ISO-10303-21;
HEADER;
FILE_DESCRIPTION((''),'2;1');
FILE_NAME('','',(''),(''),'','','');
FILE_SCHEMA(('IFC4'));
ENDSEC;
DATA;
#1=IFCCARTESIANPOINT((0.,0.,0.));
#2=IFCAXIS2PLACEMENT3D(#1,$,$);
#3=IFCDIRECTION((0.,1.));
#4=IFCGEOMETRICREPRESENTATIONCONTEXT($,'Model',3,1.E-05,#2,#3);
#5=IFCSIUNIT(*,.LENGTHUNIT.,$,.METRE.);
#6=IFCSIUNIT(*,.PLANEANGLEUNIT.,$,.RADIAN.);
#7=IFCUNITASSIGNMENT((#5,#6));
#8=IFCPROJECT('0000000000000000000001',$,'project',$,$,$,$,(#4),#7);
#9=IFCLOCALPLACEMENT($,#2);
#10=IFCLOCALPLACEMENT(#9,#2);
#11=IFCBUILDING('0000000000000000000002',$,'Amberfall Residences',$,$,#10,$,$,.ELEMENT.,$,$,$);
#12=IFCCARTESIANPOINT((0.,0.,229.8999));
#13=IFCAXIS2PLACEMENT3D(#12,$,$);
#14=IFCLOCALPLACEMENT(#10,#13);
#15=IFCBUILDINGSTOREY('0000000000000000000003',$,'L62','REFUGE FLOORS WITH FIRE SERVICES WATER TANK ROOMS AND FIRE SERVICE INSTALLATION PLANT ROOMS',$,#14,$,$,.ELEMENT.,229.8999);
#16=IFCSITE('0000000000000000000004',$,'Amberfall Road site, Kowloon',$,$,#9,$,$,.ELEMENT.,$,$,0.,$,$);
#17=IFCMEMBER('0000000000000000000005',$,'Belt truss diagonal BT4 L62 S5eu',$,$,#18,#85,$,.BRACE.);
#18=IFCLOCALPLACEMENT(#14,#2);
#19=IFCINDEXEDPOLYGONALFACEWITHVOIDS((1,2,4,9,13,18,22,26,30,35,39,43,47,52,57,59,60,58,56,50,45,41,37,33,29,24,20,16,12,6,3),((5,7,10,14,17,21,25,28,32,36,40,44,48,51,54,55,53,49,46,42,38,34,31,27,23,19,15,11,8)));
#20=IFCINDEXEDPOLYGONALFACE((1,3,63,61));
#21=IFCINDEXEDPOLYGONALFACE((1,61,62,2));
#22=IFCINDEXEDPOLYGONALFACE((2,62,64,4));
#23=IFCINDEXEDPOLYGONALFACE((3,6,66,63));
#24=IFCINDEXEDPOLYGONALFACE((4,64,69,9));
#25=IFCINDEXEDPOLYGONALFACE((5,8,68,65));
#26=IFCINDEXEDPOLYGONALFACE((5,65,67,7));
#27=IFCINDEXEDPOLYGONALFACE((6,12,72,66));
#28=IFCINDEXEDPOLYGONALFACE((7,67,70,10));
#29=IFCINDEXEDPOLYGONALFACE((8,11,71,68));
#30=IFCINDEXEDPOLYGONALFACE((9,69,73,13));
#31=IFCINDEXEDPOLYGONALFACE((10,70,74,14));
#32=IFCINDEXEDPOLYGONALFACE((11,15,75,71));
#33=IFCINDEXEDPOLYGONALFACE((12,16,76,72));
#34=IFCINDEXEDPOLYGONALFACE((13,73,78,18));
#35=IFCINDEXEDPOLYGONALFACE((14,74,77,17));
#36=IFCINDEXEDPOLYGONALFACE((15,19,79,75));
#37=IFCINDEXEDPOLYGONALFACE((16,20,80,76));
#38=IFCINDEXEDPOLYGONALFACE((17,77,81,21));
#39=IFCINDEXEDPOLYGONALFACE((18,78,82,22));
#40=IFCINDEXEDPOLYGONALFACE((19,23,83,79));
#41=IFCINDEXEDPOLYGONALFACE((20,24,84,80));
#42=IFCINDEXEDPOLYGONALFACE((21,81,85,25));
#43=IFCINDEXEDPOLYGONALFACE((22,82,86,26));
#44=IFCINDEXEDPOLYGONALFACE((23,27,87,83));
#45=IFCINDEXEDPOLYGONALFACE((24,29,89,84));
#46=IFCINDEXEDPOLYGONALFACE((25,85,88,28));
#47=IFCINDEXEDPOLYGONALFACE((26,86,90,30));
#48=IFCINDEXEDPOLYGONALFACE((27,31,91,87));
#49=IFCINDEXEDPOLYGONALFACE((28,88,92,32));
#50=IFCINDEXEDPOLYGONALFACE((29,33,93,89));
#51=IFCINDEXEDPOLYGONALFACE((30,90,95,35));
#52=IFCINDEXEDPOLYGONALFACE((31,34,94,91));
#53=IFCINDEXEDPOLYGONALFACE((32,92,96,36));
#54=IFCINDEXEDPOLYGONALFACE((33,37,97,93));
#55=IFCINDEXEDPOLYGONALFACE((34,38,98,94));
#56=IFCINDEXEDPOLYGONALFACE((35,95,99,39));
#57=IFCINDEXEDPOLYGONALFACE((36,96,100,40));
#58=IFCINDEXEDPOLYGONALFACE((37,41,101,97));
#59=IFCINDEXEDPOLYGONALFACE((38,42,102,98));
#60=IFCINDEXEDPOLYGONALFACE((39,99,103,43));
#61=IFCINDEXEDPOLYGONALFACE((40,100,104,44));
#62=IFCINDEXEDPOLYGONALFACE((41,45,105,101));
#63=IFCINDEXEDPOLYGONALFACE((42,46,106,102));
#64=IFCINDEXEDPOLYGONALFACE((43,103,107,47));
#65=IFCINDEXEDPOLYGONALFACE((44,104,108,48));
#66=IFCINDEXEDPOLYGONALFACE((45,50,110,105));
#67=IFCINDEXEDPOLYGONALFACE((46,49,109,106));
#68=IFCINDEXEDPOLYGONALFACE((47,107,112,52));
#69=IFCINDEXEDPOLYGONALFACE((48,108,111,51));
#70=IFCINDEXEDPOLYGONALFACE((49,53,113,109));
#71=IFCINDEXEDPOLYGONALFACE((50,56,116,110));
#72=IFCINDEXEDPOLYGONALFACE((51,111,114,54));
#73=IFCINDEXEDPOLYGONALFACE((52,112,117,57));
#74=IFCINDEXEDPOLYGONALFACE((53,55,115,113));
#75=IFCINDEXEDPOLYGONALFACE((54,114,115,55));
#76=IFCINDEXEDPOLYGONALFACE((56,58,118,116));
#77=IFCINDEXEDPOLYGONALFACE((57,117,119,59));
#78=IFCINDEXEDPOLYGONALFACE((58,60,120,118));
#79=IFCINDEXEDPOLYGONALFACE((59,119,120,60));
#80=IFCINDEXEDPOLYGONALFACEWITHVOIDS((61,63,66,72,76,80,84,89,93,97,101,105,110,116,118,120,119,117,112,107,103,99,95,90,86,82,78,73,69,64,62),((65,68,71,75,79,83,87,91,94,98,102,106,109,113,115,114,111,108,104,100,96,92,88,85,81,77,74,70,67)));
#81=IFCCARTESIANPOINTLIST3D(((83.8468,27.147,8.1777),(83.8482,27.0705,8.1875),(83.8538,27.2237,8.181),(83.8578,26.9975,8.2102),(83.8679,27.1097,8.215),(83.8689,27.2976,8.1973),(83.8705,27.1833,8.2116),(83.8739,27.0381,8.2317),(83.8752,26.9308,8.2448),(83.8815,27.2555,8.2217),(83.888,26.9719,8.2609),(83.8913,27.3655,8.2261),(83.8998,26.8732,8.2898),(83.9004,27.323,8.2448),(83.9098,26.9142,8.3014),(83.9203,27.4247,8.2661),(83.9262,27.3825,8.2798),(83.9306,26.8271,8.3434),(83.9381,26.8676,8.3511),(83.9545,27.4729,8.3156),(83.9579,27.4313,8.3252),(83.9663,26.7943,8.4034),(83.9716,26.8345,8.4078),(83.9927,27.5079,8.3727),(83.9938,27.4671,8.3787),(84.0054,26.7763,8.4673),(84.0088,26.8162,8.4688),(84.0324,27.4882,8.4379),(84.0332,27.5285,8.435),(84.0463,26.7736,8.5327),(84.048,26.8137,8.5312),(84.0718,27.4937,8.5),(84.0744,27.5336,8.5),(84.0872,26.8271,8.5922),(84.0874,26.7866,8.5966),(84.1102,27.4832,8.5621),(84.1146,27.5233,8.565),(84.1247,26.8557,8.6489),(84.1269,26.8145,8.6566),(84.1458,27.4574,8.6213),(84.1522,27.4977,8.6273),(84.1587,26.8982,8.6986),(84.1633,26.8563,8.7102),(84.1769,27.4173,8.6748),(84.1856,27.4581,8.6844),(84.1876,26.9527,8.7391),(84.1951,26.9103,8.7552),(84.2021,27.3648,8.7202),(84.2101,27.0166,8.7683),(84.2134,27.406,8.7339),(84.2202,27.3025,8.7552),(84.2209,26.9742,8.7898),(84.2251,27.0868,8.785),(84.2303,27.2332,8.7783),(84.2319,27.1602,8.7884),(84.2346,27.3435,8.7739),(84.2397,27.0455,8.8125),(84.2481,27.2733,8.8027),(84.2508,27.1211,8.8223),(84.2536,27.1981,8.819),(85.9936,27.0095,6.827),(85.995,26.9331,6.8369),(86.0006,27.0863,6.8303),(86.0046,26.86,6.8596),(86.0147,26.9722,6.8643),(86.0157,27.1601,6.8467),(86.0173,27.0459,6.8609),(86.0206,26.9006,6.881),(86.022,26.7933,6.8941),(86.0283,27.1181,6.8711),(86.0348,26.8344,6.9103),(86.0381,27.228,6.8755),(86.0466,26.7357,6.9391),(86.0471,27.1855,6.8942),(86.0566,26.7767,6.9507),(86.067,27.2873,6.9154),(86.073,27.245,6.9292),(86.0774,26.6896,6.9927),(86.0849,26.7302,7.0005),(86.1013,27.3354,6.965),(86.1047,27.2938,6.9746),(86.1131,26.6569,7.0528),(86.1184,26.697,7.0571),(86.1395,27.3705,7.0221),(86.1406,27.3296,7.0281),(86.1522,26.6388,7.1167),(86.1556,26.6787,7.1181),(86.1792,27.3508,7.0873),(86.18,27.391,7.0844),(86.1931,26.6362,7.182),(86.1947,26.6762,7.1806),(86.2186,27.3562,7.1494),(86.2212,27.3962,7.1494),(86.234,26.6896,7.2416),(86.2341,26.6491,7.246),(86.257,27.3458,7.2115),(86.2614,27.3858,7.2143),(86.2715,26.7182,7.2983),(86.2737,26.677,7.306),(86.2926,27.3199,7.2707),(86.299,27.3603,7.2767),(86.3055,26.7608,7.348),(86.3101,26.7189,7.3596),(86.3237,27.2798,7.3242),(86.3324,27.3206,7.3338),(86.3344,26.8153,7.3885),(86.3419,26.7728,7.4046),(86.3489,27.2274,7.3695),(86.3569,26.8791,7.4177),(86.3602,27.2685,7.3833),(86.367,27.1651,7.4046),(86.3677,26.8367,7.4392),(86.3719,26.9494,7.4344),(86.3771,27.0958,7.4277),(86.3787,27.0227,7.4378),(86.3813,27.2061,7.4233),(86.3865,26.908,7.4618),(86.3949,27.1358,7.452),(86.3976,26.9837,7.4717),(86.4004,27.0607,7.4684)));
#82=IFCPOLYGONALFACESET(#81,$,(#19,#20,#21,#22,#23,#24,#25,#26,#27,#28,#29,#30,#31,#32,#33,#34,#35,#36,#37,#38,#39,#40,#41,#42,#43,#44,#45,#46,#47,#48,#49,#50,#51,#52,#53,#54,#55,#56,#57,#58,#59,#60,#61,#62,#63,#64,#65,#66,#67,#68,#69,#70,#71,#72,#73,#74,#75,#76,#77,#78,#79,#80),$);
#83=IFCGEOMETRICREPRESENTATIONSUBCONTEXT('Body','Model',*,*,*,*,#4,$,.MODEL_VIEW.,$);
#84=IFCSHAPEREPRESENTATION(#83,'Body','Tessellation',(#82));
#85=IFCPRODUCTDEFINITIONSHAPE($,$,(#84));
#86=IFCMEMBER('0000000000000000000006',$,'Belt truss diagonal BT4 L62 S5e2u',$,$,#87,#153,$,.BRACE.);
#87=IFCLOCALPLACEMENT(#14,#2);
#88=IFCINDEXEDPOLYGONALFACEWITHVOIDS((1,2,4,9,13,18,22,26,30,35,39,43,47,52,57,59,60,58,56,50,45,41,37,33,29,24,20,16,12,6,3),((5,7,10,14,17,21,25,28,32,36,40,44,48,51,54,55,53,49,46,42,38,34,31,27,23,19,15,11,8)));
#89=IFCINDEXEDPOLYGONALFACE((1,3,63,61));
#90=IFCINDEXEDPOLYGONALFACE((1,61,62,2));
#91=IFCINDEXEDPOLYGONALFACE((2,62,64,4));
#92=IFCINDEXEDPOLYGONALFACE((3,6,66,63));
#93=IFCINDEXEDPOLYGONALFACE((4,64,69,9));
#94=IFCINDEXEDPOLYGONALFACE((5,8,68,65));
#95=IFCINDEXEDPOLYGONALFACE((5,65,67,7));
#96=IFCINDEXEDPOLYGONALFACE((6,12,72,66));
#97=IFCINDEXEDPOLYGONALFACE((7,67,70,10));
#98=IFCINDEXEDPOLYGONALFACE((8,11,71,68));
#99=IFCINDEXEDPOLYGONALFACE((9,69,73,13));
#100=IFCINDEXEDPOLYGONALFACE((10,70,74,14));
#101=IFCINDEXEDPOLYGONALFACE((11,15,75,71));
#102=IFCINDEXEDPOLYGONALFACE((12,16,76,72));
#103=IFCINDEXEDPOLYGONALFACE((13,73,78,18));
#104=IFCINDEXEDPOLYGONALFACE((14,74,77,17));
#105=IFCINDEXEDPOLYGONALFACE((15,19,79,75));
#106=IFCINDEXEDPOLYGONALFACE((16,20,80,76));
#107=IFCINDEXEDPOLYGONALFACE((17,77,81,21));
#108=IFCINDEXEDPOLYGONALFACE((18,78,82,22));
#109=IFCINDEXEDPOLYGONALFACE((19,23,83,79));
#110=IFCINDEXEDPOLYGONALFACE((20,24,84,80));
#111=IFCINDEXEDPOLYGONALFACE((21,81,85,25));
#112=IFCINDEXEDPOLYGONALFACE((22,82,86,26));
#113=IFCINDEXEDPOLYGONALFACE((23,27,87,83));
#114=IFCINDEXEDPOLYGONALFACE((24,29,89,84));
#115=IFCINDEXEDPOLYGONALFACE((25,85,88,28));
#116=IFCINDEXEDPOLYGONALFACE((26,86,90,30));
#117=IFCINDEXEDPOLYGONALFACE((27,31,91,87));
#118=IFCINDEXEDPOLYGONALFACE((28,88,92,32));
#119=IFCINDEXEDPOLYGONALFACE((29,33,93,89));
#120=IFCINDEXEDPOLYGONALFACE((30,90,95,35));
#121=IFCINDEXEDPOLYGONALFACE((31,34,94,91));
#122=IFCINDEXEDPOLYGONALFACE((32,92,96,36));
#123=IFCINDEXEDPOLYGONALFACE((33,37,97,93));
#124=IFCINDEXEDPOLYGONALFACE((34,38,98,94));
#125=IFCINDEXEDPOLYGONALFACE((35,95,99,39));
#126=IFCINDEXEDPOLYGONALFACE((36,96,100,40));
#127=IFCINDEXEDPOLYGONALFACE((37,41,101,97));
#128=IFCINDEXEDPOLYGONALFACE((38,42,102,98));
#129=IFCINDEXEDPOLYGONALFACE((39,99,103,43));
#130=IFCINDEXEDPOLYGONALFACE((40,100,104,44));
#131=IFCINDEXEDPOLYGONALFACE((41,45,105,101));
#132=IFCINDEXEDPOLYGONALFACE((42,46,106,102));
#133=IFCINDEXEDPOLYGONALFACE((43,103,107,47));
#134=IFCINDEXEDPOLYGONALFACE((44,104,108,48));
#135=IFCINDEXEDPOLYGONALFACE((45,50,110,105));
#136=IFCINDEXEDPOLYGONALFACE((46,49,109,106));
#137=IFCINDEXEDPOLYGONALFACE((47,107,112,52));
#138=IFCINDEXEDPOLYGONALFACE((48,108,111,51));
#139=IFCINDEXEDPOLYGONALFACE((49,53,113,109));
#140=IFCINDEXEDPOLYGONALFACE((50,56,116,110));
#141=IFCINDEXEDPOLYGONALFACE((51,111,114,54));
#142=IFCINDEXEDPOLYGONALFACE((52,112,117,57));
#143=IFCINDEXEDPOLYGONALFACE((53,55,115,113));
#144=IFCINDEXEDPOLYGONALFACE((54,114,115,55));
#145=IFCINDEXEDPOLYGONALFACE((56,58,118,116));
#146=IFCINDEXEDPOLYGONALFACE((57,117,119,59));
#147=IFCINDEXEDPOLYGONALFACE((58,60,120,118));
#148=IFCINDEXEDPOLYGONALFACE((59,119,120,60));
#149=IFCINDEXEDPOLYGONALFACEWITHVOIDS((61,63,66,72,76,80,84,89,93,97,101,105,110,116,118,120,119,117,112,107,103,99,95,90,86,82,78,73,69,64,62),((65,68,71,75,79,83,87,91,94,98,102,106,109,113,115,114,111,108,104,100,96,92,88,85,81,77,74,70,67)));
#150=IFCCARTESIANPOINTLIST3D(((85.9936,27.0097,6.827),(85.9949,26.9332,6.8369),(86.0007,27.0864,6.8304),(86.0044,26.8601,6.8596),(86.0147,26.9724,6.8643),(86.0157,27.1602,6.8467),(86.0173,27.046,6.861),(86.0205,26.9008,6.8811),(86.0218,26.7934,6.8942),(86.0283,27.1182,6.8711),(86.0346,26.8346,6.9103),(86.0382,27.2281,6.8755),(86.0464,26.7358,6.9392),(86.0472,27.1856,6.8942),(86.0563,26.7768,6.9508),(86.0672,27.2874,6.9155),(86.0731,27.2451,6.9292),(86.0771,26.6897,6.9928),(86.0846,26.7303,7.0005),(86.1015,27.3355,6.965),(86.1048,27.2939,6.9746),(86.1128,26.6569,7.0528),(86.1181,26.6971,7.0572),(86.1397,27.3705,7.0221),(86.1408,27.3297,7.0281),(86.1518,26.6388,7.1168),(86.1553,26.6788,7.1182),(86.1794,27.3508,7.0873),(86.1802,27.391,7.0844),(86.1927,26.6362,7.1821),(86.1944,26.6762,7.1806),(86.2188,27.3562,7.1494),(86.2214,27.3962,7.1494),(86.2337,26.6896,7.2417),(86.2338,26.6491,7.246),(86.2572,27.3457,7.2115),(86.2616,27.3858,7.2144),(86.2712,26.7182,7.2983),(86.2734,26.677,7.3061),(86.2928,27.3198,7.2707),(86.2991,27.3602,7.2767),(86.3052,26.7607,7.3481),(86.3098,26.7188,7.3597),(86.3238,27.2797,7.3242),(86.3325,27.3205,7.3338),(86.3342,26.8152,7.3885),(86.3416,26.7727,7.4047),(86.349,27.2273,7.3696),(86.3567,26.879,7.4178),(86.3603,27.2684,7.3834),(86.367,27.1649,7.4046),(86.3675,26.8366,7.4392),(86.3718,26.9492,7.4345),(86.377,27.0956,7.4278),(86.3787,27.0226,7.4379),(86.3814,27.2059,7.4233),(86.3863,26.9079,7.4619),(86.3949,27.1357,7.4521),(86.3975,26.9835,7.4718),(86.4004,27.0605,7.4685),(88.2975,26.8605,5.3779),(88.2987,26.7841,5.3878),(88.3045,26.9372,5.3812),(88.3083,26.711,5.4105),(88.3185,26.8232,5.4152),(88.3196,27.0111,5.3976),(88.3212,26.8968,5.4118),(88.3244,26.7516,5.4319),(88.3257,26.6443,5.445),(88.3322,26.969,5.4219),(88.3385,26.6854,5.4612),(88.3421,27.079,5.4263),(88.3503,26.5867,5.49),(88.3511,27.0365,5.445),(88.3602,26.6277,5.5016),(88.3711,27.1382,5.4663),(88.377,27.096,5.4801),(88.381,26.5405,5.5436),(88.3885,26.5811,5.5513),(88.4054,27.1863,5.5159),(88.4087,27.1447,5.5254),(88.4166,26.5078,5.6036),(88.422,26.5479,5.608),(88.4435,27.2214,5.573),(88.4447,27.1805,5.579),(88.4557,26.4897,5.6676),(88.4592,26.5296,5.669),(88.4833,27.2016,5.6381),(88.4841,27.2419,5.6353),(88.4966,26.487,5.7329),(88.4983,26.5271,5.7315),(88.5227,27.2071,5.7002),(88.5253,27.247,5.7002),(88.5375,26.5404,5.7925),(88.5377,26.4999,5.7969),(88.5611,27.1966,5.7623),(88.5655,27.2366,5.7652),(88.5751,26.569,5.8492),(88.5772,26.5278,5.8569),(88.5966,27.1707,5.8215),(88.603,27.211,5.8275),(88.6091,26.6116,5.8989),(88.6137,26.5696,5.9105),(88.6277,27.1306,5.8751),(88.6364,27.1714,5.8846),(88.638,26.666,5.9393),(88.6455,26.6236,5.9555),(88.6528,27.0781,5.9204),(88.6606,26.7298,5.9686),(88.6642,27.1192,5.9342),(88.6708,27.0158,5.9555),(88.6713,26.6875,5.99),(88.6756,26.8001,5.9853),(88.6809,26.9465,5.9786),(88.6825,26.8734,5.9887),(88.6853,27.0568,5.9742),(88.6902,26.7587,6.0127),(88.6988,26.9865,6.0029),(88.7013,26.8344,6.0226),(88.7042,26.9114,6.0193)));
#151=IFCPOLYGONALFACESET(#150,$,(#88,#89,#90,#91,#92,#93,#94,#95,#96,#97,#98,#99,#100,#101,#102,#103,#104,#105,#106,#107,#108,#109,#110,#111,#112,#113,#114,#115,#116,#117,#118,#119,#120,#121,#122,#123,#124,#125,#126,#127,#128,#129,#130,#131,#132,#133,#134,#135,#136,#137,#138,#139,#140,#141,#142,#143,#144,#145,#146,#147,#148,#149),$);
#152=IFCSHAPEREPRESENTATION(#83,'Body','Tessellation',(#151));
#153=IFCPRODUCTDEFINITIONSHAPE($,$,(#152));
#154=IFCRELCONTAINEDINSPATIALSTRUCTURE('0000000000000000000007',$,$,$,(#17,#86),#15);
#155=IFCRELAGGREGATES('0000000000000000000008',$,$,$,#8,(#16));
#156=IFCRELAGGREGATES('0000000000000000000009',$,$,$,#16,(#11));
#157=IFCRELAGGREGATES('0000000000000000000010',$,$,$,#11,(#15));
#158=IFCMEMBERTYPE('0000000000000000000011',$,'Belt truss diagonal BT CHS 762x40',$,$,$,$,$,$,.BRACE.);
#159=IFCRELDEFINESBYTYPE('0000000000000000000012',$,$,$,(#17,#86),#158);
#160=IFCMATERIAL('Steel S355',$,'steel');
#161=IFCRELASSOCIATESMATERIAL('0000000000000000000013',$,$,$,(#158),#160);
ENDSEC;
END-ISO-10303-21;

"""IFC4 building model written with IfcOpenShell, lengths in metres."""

from ifc_helpers import new_model, si_unit, direction, frame, origin, origin_2d, place, context, subcontext, project, spatial, hollow_circle, extrude, material, material_profile, profile_set, type_object, element, save


model = new_model("IFC4")

# Units and contexts
model_context = context("Model", 3, precision=1e-05, world=origin(), true_north=direction((0.0, 1.0)))
body_context = subcontext(model_context, "Body", "Model", "MODEL_VIEW")
ifc_project = project(units=[si_unit("LENGTHUNIT", "METRE"), si_unit("PLANEANGLEUNIT", "RADIAN")], contexts=[model_context])

# Site, building, storey
site_placement = place(None, origin())
site = spatial("IfcSite", under=ifc_project, at=site_placement, Name="Amberfall Road site, Kowloon", CompositionType="ELEMENT", RefElevation=0.0)
building_placement = place(site_placement, origin())
building = spatial("IfcBuilding", under=site, at=building_placement, Name="Amberfall Residences", CompositionType="ELEMENT")
storey_placement = place(building_placement, frame((0.0, 0.0, 229.8999)))
storey = spatial("IfcBuildingStorey", under=building, at=storey_placement, Name="L62", Description="REFUGE FLOORS WITH FIRE SERVICES WATER TANK ROOMS AND FIRE SERVICE INSTALLATION PLANT ROOMS", CompositionType="ELEMENT", Elevation=229.8999)

# Shared definitions
ifc_material_1 = material(Name="Steel S355", Category="steel")

# Members
ifc_material_profile_1 = material_profile(ifc_material_1, hollow_circle(Radius=0.3811, WallThickness=0.04, at=origin_2d()), Name="CHS 762x40")
ifc_profile_set_1 = profile_set([ifc_material_profile_1], Name="Steel S355")
member_type_1 = type_object("IfcMemberType", Name="Belt truss diagonal BT CHS 762x40", PredefinedType="BRACE", material=ifc_profile_set_1)
member_1_placement = place(storey_placement, frame((84.05, 27.1533, 8.5), z_axis=(0.845181, -0.054115, -0.531734), x_axis=(0.063897, 0.997956, 0.0)))
element("IfcMember", 1, at=member_1_placement, inside=storey, type_object=member_type_1, Name="Belt truss diagonal BT4 L62 S5eu", PredefinedType="BRACE", context=body_context, shape_type="SweptSolid", body=[
    extrude(hollow_circle(Radius=0.3811, WallThickness=0.04, at=origin_2d()), origin(), (0.0, 0.0, 1.0), 2.54),
])
member_2_placement = place(storey_placement, frame((86.1968, 27.0159, 7.1494), z_axis=(0.8452, -0.054723, -0.531642), x_axis=(0.06461, 0.997911, 0.0)))
element("IfcMember", 2, at=member_2_placement, inside=storey, type_object=member_type_1, Name="Belt truss diagonal BT4 L62 S5e2u", PredefinedType="BRACE", context=body_context, shape_type="SweptSolid", body=[
    extrude(hollow_circle(Radius=0.3811, WallThickness=0.04, at=origin_2d()), origin(), (0.0, 0.0, 1.0), 2.7258),
])

save(model, "model.ifc")
